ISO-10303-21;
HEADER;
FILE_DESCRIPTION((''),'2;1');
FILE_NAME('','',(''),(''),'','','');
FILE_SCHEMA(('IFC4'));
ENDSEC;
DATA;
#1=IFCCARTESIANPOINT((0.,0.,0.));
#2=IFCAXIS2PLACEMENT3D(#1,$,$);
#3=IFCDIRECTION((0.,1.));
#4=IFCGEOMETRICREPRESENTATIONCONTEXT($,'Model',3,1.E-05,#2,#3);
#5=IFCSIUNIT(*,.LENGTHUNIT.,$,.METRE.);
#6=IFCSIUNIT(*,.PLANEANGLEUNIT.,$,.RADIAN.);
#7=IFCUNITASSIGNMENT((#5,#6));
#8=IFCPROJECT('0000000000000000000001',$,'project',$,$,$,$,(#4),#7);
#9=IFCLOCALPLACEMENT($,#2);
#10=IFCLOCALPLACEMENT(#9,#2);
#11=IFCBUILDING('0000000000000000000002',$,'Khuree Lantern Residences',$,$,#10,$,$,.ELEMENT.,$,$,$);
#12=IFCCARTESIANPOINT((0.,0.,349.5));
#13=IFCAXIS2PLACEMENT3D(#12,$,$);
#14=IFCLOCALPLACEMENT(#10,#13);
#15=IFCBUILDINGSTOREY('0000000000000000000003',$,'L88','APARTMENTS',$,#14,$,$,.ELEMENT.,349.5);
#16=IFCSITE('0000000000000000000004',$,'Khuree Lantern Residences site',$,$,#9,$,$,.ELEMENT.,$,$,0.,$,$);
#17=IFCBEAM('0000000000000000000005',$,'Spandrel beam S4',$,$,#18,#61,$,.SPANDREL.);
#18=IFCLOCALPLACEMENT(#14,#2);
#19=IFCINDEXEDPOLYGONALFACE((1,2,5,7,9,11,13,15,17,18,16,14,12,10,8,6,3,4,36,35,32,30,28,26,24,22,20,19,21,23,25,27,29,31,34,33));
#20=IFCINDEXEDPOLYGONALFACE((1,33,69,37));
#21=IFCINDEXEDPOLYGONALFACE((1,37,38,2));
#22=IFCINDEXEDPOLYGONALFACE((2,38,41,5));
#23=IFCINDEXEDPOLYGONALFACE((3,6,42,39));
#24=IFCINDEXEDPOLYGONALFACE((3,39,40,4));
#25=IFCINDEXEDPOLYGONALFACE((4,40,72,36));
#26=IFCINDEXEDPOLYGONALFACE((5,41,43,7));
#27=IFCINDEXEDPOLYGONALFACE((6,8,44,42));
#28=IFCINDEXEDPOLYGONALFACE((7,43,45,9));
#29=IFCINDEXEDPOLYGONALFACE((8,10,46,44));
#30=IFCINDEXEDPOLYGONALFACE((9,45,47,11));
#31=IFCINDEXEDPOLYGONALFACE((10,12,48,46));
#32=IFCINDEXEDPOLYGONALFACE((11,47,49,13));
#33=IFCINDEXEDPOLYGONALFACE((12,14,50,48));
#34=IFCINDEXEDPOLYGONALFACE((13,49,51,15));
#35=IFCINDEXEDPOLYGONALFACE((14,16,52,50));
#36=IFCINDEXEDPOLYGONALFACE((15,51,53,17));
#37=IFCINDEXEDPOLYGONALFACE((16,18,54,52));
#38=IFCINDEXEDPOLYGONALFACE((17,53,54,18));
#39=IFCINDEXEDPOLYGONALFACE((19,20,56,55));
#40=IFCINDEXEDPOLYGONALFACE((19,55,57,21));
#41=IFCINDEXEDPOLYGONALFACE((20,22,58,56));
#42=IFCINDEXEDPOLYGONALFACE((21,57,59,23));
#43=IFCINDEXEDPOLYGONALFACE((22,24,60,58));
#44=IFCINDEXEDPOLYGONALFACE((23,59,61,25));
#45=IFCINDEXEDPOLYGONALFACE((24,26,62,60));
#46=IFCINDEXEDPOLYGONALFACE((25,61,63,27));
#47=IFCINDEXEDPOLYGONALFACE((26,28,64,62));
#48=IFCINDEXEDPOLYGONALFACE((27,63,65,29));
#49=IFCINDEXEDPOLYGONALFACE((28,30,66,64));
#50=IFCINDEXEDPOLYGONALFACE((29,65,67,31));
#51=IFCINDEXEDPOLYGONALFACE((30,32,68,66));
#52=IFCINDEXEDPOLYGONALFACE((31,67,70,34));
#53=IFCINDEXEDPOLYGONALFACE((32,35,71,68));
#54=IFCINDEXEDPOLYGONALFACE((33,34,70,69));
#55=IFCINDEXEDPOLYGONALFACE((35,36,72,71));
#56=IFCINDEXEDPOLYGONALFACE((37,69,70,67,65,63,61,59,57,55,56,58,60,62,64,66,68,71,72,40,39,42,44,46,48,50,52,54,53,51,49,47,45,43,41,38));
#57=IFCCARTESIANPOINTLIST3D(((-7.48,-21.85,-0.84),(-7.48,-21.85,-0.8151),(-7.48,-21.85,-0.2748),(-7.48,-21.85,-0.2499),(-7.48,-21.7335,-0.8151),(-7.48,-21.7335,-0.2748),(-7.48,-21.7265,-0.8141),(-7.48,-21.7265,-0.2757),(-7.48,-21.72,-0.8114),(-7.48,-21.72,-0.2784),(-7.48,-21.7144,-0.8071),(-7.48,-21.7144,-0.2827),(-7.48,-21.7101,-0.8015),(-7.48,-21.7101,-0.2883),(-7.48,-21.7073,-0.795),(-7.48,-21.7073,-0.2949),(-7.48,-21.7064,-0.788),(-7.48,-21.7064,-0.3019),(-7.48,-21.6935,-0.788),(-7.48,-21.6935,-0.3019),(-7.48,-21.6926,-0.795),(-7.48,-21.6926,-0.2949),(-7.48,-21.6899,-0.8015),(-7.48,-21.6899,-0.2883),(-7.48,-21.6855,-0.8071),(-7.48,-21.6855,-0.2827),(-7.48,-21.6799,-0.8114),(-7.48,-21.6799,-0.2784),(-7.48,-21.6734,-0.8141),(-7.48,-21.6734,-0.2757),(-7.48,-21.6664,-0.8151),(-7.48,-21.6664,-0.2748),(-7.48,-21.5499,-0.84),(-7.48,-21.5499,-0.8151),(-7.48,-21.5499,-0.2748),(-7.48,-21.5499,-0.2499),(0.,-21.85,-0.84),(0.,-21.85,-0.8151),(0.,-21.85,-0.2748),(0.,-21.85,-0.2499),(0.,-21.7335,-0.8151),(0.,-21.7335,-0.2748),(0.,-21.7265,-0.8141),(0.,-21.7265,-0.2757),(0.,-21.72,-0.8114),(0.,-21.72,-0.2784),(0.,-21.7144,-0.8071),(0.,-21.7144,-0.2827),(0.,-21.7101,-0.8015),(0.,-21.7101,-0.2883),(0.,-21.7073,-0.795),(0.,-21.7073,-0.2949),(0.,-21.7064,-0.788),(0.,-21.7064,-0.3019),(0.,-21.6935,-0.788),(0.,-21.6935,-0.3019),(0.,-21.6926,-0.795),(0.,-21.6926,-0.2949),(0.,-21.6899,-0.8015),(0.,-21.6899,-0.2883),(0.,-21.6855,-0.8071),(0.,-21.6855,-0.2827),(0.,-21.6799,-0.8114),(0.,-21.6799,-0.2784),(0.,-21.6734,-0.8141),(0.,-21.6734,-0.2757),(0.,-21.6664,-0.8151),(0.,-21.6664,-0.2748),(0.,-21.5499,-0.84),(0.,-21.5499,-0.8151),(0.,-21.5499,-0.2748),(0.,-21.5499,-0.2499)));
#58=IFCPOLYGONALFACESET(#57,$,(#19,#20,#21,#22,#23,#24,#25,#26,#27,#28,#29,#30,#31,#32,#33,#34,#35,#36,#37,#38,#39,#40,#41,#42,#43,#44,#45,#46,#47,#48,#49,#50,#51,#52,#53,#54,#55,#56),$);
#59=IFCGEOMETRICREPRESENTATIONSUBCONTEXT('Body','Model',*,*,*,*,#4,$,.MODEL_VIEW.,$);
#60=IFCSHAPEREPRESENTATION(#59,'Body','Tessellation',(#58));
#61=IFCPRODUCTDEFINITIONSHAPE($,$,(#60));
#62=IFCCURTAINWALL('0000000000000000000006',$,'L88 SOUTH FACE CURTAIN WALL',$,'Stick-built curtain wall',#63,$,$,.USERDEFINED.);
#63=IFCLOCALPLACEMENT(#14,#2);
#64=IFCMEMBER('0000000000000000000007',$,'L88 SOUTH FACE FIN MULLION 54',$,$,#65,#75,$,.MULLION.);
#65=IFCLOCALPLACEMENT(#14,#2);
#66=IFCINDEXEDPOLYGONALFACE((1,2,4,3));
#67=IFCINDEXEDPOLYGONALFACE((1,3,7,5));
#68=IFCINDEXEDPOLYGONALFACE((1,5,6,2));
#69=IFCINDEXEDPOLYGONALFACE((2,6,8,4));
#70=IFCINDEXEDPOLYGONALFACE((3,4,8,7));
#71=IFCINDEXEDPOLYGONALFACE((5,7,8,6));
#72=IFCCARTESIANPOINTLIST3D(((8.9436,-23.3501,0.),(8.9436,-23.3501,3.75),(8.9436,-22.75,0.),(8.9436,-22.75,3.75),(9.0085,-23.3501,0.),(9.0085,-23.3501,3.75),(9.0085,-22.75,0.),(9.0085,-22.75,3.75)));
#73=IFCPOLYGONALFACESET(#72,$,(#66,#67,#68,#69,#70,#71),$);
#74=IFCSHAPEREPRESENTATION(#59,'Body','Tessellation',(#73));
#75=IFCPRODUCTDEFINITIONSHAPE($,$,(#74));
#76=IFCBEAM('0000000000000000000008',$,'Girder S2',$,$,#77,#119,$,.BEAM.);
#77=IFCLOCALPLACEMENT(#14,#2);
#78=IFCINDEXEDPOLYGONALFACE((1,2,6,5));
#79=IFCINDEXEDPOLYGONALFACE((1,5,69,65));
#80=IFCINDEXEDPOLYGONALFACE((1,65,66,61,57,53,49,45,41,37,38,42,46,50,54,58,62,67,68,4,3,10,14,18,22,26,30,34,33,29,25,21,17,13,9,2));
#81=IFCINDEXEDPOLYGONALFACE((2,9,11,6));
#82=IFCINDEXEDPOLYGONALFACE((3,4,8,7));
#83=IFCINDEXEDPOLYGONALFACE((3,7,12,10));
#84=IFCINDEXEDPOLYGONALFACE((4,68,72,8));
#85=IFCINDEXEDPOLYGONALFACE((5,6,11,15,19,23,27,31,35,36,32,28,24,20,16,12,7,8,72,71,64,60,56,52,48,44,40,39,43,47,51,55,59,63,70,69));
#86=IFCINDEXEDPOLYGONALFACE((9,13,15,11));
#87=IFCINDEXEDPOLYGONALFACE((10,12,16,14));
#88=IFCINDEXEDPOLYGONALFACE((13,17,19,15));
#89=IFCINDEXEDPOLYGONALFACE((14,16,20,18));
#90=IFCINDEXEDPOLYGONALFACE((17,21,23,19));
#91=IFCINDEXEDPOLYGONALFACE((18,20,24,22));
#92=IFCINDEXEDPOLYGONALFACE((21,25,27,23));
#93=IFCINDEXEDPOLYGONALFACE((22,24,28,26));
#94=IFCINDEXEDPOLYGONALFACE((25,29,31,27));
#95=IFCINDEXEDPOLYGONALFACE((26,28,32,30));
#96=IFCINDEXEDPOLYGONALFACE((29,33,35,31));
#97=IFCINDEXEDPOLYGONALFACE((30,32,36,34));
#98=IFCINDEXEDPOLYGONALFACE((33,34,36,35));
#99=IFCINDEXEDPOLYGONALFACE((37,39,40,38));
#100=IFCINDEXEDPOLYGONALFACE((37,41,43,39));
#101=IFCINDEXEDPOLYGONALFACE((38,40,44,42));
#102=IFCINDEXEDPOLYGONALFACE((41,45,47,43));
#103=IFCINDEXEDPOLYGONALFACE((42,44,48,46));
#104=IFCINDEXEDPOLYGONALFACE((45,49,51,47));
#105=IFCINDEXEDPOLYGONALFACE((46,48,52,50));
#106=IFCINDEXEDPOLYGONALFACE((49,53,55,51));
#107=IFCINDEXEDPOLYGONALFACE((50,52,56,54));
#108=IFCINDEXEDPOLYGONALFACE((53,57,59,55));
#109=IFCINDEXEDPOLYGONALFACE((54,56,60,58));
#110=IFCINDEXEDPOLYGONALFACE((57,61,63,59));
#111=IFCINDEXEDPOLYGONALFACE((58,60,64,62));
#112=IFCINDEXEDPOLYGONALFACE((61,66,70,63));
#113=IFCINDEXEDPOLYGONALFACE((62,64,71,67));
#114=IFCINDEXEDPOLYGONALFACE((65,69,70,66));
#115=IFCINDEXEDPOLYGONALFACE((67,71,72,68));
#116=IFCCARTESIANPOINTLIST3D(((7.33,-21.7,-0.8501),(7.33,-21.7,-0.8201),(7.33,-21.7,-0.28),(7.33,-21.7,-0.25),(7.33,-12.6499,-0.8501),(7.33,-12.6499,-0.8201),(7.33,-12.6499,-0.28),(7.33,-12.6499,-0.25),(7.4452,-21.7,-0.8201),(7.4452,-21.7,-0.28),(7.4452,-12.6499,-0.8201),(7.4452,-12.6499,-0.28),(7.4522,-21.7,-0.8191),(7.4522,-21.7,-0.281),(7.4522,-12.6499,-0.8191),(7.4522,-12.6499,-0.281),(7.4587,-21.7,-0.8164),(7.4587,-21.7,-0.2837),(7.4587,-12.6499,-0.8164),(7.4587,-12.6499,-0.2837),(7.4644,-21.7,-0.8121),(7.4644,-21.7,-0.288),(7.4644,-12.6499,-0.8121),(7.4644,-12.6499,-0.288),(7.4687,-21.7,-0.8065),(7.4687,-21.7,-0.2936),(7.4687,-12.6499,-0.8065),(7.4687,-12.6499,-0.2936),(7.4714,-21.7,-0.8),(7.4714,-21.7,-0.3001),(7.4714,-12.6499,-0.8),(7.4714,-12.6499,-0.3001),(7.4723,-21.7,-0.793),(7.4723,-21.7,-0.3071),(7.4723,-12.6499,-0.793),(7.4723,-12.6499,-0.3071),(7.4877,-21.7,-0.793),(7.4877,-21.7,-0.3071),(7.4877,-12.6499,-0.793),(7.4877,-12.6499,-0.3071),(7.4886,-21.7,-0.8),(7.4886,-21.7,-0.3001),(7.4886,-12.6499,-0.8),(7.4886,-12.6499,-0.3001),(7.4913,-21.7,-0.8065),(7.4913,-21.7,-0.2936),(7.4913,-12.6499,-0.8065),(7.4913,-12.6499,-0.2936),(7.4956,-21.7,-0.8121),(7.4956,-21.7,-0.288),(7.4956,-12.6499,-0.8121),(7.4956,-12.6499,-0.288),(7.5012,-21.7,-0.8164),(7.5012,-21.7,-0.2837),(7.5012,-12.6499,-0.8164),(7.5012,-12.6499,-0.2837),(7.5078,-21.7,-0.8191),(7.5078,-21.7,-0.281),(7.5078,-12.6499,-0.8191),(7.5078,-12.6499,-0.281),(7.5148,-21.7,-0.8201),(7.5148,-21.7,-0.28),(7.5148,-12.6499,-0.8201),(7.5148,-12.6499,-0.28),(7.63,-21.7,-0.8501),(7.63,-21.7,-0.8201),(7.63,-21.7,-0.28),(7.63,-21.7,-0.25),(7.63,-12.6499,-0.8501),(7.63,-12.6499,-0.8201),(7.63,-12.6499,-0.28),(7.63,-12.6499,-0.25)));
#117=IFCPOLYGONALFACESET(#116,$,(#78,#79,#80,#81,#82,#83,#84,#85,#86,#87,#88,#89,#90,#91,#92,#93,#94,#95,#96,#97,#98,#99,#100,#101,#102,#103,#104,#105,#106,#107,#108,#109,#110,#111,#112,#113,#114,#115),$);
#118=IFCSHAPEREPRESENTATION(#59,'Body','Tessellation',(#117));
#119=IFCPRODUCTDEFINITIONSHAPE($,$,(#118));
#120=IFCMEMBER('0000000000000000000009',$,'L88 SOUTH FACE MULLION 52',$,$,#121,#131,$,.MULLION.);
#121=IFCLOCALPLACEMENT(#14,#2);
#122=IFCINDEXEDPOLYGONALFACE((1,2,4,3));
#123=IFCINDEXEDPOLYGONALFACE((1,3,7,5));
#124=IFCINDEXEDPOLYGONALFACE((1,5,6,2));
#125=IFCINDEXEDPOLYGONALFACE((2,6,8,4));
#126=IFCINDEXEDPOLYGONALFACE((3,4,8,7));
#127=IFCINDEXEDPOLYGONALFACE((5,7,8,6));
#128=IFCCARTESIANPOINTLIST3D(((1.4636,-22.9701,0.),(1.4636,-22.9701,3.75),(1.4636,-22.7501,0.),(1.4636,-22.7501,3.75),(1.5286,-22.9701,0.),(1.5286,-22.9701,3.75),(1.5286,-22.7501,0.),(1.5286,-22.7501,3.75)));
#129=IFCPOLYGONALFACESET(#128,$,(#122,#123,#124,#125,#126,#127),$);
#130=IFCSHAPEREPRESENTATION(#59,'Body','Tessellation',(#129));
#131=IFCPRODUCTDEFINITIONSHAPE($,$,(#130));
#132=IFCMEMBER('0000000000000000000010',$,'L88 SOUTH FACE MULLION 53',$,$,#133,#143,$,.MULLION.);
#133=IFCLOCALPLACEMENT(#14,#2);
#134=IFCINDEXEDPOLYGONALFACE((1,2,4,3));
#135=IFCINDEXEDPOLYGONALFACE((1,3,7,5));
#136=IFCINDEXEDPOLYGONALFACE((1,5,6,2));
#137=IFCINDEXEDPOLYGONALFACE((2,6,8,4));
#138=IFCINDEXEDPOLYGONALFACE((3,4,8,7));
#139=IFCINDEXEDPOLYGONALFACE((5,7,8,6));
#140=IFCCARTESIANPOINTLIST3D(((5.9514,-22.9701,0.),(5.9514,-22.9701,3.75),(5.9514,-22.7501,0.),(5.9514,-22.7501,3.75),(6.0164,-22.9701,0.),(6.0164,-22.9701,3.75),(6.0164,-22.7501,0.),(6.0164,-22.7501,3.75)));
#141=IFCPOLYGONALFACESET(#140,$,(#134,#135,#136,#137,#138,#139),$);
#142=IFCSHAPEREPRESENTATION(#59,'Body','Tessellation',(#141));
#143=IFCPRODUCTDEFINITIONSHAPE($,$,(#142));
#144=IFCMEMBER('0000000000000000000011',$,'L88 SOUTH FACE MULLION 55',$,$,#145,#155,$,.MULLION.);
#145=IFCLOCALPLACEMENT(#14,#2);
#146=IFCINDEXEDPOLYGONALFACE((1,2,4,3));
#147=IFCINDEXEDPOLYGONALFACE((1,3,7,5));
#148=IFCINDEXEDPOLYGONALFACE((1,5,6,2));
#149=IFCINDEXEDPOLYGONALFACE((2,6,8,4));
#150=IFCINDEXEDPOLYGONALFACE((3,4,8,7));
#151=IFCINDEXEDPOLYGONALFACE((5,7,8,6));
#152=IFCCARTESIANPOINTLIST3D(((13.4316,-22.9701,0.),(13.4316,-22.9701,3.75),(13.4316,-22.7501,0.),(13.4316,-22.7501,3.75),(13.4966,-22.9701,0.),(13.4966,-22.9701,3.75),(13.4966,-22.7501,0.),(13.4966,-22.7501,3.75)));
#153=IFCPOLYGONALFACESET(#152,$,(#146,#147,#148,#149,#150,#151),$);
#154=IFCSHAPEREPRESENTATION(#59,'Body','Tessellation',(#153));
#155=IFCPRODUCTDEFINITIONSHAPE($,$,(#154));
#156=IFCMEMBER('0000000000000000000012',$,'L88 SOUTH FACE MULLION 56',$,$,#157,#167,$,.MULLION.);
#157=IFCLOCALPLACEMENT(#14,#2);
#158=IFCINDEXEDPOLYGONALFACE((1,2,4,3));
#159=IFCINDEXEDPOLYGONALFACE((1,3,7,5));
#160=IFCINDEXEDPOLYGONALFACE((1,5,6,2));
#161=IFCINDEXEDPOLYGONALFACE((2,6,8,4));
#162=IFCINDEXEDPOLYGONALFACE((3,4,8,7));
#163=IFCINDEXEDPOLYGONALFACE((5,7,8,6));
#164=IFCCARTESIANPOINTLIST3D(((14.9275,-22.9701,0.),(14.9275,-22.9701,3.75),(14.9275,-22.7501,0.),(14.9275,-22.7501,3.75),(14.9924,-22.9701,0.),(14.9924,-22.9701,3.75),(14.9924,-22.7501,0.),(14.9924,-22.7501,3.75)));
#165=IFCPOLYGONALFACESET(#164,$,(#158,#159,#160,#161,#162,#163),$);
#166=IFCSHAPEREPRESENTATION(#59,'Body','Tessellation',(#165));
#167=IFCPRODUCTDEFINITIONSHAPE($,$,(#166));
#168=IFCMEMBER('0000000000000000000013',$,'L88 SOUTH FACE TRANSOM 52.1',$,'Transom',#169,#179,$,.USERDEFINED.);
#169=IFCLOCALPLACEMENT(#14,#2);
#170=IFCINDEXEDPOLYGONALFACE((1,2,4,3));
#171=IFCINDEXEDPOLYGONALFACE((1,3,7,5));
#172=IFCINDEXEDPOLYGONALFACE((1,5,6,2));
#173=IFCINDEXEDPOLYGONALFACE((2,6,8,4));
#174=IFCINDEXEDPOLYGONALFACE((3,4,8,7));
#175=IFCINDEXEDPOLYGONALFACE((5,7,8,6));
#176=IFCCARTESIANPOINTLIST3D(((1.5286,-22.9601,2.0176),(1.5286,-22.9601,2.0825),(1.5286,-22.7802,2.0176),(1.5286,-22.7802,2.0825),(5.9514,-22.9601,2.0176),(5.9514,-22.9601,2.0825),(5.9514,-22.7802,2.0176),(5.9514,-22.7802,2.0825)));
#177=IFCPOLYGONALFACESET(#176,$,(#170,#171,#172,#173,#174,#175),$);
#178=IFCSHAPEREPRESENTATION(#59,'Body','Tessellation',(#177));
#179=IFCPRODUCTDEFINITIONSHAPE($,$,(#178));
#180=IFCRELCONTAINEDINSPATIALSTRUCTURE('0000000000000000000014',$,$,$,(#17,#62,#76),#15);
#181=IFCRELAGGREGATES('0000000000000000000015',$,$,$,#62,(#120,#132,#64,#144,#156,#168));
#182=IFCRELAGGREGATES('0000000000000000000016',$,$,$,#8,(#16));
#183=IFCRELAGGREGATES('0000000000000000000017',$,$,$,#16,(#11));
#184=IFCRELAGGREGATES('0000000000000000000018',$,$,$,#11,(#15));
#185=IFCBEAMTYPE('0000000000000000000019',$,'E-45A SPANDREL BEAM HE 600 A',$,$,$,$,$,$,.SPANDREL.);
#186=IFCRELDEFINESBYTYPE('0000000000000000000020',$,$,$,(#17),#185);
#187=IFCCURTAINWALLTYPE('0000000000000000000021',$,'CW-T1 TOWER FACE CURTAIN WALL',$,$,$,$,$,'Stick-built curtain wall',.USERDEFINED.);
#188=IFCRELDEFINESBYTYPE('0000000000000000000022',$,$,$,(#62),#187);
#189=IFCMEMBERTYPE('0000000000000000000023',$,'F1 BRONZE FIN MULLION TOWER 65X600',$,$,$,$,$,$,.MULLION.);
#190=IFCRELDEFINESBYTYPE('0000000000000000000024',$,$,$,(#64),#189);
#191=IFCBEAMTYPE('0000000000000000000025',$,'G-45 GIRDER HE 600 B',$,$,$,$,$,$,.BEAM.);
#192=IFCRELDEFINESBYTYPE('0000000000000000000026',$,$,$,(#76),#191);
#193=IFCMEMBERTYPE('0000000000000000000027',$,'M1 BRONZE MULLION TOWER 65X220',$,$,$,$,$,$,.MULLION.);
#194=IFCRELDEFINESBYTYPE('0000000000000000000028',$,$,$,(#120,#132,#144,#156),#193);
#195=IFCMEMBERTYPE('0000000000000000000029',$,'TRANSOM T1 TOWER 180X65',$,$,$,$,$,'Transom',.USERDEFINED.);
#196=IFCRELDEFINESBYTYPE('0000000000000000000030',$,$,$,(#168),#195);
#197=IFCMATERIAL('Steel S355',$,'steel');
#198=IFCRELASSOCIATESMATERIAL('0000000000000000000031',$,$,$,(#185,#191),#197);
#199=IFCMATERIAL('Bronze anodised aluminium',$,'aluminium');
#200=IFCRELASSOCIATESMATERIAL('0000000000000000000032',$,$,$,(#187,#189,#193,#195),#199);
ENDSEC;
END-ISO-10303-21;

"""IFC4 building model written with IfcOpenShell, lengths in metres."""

from ifc_helpers import new_model, si_unit, direction, frame, origin, origin_2d, place, context, subcontext, project, spatial, rectangle, i_section, extrude, material, material_profile, profile_set, type_object, element, aggregate, save


model = new_model("IFC4")

# Units and contexts
model_context = context("Model", 3, precision=1e-05, world=origin(), true_north=direction((0.0, 1.0)))
body_context = subcontext(model_context, "Body", "Model", "MODEL_VIEW")
ifc_project = project(units=[si_unit("LENGTHUNIT", "METRE"), si_unit("PLANEANGLEUNIT", "RADIAN")], contexts=[model_context])

# Site, building, storey
site_placement = place(None, origin())
site = spatial("IfcSite", under=ifc_project, at=site_placement, Name="Khuree Lantern Residences site", CompositionType="ELEMENT", RefElevation=0.0)
building_placement = place(site_placement, origin())
building = spatial("IfcBuilding", under=site, at=building_placement, Name="Khuree Lantern Residences", CompositionType="ELEMENT")
storey_placement = place(building_placement, frame((0.0, 0.0, 349.5)))
storey = spatial("IfcBuildingStorey", under=building, at=storey_placement, Name="L88", Description="APARTMENTS", CompositionType="ELEMENT", Elevation=349.5)

# Beam
ifc_material_1 = material(Name="Steel S355", Category="steel")
ifc_material_profile_1 = material_profile(ifc_material_1, i_section(OverallWidth=0.3, OverallDepth=0.5901, WebThickness=0.0129, FlangeThickness=0.0249, FilletRadius=0.0271, at=origin_2d()), Name="HE 600 A")
ifc_profile_set_1 = profile_set([ifc_material_profile_1], Name="Steel S355")
beam_type_1 = type_object("IfcBeamType", Name="E-45A SPANDREL BEAM HE 600 A", PredefinedType="SPANDREL", material=ifc_profile_set_1)
for number, where, z_axis, x_axis, name in (
    (1, (0.0, -21.7, -0.5449), (-1.0, 0.0, 0.0), (0.0, -1.0, 0.0), "Spandrel beam S4"),
):
    element("IfcBeam", number, at=place(storey_placement, frame(where, z_axis=z_axis, x_axis=x_axis)), inside=storey, type_object=beam_type_1, Name=name, PredefinedType="SPANDREL", context=body_context, shape_type="SweptSolid", body=[
        extrude(i_section(OverallWidth=0.3, OverallDepth=0.5901, WebThickness=0.0129, FlangeThickness=0.0249, FilletRadius=0.0271, at=origin_2d()), origin(), (0.0, 0.0, 1.0), 7.48),
    ])

# Curtain wall, member
ifc_material_2 = material(Name="Bronze anodised aluminium", Category="aluminium")
curtain_wall_type = type_object("IfcCurtainWallType", Name="CW-T1 TOWER FACE CURTAIN WALL", ElementType="Stick-built curtain wall", PredefinedType="USERDEFINED", material=ifc_material_2)
curtain_wall_placement = place(storey_placement, origin())
curtain_wall = element("IfcCurtainWall", 2, at=curtain_wall_placement, inside=storey, type_object=curtain_wall_type, Name="L88 SOUTH FACE CURTAIN WALL", ObjectType="Stick-built curtain wall", PredefinedType="USERDEFINED")
ifc_material_profile_2 = material_profile(ifc_material_2, rectangle(XDim=0.0649, YDim=0.6001, at=origin_2d()), Name="F1 65X600")
ifc_profile_set_2 = profile_set([ifc_material_profile_2], Name="Bronze anodised aluminium")
member_type_1 = type_object("IfcMemberType", Name="F1 BRONZE FIN MULLION TOWER 65X600", PredefinedType="MULLION", material=ifc_profile_set_2)
member_1_placement = place(storey_placement, frame((8.9761, -23.05, 0.0), z_axis=(0.0, 0.0, 1.0), x_axis=(1.0, 0.0, 0.0)))
member_1 = element("IfcMember", 3, at=member_1_placement, type_object=member_type_1, Name="L88 SOUTH FACE FIN MULLION 54", PredefinedType="MULLION", context=body_context, shape_type="SweptSolid", body=[
    extrude(rectangle(XDim=0.0649, YDim=0.6001, at=origin_2d()), origin(), (0.0, 0.0, 1.0), 3.75),
])

# Beam
ifc_material_profile_3 = material_profile(ifc_material_1, i_section(OverallWidth=0.3, OverallDepth=0.6001, WebThickness=0.0154, FlangeThickness=0.03, FilletRadius=0.0271, at=origin_2d()), Name="HE 600 B")
ifc_profile_set_3 = profile_set([ifc_material_profile_3], Name="Steel S355")
beam_type_2 = type_object("IfcBeamType", Name="G-45 GIRDER HE 600 B", PredefinedType="BEAM", material=ifc_profile_set_3)
beam_placement = place(storey_placement, frame((7.48, -21.7, -0.55), z_axis=(0.0, 1.0, 0.0), x_axis=(-1.0, 0.0, 0.0)))
element("IfcBeam", 4, at=beam_placement, inside=storey, type_object=beam_type_2, Name="Girder S2", PredefinedType="BEAM", context=body_context, shape_type="SweptSolid", body=[
    extrude(i_section(OverallWidth=0.3, OverallDepth=0.6001, WebThickness=0.0154, FlangeThickness=0.03, FilletRadius=0.0271, at=origin_2d()), origin(), (0.0, 0.0, 1.0), 9.05),
])

# Members
ifc_material_profile_4 = material_profile(ifc_material_2, rectangle(XDim=0.0649, YDim=0.22, at=origin_2d()), Name="M1 65X220")
ifc_profile_set_4 = profile_set([ifc_material_profile_4], Name="Bronze anodised aluminium")
member_type_2 = type_object("IfcMemberType", Name="M1 BRONZE MULLION TOWER 65X220", PredefinedType="MULLION", material=ifc_profile_set_4)
member_2_placement = place(storey_placement, frame((1.4961, -22.8601, 0.0), z_axis=(0.0, 0.0, 1.0), x_axis=(1.0, 0.0, 0.0)))
member_2 = element("IfcMember", 5, at=member_2_placement, type_object=member_type_2, Name="L88 SOUTH FACE MULLION 52", PredefinedType="MULLION", context=body_context, shape_type="SweptSolid", body=[
    extrude(rectangle(XDim=0.0649, YDim=0.22, at=origin_2d()), origin(), (0.0, 0.0, 1.0), 3.75),
])
member_3_placement = place(storey_placement, frame((5.9839, -22.8601, 0.0), z_axis=(0.0, 0.0, 1.0), x_axis=(1.0, 0.0, 0.0)))
member_3 = element("IfcMember", 6, at=member_3_placement, type_object=member_type_2, Name="L88 SOUTH FACE MULLION 53", PredefinedType="MULLION", context=body_context, shape_type="SweptSolid", body=[
    extrude(rectangle(XDim=0.0649, YDim=0.22, at=origin_2d()), origin(), (0.0, 0.0, 1.0), 3.75),
])
member_4_placement = place(storey_placement, frame((13.4641, -22.8601, 0.0), z_axis=(0.0, 0.0, 1.0), x_axis=(1.0, 0.0, 0.0)))
member_4 = element("IfcMember", 7, at=member_4_placement, type_object=member_type_2, Name="L88 SOUTH FACE MULLION 55", PredefinedType="MULLION", context=body_context, shape_type="SweptSolid", body=[
    extrude(rectangle(XDim=0.0649, YDim=0.22, at=origin_2d()), origin(), (0.0, 0.0, 1.0), 3.75),
])
member_5_placement = place(storey_placement, frame((14.96, -22.8601, 0.0), z_axis=(0.0, 0.0, 1.0), x_axis=(1.0, 0.0, 0.0)))
member_5 = element("IfcMember", 8, at=member_5_placement, type_object=member_type_2, Name="L88 SOUTH FACE MULLION 56", PredefinedType="MULLION", context=body_context, shape_type="SweptSolid", body=[
    extrude(rectangle(XDim=0.0649, YDim=0.22, at=origin_2d()), origin(), (0.0, 0.0, 1.0), 3.75),
])
ifc_material_profile_5 = material_profile(ifc_material_2, rectangle(XDim=0.1799, YDim=0.0649, at=origin_2d()), Name="T1 180X65")
ifc_profile_set_5 = profile_set([ifc_material_profile_5], Name="Bronze anodised aluminium")
member_type_3 = type_object("IfcMemberType", Name="TRANSOM T1 TOWER 180X65", ElementType="Transom", PredefinedType="USERDEFINED", material=ifc_profile_set_5)
member_6_placement = place(storey_placement, frame((1.5286, -22.8701, 2.05), z_axis=(1.0, 0.0, 0.0), x_axis=(0.0, 1.0, 0.0)))
member_6 = element("IfcMember", 9, at=member_6_placement, type_object=member_type_3, Name="L88 SOUTH FACE TRANSOM 52.1", ObjectType="Transom", PredefinedType="USERDEFINED", context=body_context, shape_type="SweptSolid", body=[
    extrude(rectangle(XDim=0.1799, YDim=0.0649, at=origin_2d()), origin(), (0.0, 0.0, 1.0), 4.4229),
])

aggregate(curtain_wall, [member_2, member_3, member_1, member_4, member_5, member_6])

save(model, "model.ifc")
